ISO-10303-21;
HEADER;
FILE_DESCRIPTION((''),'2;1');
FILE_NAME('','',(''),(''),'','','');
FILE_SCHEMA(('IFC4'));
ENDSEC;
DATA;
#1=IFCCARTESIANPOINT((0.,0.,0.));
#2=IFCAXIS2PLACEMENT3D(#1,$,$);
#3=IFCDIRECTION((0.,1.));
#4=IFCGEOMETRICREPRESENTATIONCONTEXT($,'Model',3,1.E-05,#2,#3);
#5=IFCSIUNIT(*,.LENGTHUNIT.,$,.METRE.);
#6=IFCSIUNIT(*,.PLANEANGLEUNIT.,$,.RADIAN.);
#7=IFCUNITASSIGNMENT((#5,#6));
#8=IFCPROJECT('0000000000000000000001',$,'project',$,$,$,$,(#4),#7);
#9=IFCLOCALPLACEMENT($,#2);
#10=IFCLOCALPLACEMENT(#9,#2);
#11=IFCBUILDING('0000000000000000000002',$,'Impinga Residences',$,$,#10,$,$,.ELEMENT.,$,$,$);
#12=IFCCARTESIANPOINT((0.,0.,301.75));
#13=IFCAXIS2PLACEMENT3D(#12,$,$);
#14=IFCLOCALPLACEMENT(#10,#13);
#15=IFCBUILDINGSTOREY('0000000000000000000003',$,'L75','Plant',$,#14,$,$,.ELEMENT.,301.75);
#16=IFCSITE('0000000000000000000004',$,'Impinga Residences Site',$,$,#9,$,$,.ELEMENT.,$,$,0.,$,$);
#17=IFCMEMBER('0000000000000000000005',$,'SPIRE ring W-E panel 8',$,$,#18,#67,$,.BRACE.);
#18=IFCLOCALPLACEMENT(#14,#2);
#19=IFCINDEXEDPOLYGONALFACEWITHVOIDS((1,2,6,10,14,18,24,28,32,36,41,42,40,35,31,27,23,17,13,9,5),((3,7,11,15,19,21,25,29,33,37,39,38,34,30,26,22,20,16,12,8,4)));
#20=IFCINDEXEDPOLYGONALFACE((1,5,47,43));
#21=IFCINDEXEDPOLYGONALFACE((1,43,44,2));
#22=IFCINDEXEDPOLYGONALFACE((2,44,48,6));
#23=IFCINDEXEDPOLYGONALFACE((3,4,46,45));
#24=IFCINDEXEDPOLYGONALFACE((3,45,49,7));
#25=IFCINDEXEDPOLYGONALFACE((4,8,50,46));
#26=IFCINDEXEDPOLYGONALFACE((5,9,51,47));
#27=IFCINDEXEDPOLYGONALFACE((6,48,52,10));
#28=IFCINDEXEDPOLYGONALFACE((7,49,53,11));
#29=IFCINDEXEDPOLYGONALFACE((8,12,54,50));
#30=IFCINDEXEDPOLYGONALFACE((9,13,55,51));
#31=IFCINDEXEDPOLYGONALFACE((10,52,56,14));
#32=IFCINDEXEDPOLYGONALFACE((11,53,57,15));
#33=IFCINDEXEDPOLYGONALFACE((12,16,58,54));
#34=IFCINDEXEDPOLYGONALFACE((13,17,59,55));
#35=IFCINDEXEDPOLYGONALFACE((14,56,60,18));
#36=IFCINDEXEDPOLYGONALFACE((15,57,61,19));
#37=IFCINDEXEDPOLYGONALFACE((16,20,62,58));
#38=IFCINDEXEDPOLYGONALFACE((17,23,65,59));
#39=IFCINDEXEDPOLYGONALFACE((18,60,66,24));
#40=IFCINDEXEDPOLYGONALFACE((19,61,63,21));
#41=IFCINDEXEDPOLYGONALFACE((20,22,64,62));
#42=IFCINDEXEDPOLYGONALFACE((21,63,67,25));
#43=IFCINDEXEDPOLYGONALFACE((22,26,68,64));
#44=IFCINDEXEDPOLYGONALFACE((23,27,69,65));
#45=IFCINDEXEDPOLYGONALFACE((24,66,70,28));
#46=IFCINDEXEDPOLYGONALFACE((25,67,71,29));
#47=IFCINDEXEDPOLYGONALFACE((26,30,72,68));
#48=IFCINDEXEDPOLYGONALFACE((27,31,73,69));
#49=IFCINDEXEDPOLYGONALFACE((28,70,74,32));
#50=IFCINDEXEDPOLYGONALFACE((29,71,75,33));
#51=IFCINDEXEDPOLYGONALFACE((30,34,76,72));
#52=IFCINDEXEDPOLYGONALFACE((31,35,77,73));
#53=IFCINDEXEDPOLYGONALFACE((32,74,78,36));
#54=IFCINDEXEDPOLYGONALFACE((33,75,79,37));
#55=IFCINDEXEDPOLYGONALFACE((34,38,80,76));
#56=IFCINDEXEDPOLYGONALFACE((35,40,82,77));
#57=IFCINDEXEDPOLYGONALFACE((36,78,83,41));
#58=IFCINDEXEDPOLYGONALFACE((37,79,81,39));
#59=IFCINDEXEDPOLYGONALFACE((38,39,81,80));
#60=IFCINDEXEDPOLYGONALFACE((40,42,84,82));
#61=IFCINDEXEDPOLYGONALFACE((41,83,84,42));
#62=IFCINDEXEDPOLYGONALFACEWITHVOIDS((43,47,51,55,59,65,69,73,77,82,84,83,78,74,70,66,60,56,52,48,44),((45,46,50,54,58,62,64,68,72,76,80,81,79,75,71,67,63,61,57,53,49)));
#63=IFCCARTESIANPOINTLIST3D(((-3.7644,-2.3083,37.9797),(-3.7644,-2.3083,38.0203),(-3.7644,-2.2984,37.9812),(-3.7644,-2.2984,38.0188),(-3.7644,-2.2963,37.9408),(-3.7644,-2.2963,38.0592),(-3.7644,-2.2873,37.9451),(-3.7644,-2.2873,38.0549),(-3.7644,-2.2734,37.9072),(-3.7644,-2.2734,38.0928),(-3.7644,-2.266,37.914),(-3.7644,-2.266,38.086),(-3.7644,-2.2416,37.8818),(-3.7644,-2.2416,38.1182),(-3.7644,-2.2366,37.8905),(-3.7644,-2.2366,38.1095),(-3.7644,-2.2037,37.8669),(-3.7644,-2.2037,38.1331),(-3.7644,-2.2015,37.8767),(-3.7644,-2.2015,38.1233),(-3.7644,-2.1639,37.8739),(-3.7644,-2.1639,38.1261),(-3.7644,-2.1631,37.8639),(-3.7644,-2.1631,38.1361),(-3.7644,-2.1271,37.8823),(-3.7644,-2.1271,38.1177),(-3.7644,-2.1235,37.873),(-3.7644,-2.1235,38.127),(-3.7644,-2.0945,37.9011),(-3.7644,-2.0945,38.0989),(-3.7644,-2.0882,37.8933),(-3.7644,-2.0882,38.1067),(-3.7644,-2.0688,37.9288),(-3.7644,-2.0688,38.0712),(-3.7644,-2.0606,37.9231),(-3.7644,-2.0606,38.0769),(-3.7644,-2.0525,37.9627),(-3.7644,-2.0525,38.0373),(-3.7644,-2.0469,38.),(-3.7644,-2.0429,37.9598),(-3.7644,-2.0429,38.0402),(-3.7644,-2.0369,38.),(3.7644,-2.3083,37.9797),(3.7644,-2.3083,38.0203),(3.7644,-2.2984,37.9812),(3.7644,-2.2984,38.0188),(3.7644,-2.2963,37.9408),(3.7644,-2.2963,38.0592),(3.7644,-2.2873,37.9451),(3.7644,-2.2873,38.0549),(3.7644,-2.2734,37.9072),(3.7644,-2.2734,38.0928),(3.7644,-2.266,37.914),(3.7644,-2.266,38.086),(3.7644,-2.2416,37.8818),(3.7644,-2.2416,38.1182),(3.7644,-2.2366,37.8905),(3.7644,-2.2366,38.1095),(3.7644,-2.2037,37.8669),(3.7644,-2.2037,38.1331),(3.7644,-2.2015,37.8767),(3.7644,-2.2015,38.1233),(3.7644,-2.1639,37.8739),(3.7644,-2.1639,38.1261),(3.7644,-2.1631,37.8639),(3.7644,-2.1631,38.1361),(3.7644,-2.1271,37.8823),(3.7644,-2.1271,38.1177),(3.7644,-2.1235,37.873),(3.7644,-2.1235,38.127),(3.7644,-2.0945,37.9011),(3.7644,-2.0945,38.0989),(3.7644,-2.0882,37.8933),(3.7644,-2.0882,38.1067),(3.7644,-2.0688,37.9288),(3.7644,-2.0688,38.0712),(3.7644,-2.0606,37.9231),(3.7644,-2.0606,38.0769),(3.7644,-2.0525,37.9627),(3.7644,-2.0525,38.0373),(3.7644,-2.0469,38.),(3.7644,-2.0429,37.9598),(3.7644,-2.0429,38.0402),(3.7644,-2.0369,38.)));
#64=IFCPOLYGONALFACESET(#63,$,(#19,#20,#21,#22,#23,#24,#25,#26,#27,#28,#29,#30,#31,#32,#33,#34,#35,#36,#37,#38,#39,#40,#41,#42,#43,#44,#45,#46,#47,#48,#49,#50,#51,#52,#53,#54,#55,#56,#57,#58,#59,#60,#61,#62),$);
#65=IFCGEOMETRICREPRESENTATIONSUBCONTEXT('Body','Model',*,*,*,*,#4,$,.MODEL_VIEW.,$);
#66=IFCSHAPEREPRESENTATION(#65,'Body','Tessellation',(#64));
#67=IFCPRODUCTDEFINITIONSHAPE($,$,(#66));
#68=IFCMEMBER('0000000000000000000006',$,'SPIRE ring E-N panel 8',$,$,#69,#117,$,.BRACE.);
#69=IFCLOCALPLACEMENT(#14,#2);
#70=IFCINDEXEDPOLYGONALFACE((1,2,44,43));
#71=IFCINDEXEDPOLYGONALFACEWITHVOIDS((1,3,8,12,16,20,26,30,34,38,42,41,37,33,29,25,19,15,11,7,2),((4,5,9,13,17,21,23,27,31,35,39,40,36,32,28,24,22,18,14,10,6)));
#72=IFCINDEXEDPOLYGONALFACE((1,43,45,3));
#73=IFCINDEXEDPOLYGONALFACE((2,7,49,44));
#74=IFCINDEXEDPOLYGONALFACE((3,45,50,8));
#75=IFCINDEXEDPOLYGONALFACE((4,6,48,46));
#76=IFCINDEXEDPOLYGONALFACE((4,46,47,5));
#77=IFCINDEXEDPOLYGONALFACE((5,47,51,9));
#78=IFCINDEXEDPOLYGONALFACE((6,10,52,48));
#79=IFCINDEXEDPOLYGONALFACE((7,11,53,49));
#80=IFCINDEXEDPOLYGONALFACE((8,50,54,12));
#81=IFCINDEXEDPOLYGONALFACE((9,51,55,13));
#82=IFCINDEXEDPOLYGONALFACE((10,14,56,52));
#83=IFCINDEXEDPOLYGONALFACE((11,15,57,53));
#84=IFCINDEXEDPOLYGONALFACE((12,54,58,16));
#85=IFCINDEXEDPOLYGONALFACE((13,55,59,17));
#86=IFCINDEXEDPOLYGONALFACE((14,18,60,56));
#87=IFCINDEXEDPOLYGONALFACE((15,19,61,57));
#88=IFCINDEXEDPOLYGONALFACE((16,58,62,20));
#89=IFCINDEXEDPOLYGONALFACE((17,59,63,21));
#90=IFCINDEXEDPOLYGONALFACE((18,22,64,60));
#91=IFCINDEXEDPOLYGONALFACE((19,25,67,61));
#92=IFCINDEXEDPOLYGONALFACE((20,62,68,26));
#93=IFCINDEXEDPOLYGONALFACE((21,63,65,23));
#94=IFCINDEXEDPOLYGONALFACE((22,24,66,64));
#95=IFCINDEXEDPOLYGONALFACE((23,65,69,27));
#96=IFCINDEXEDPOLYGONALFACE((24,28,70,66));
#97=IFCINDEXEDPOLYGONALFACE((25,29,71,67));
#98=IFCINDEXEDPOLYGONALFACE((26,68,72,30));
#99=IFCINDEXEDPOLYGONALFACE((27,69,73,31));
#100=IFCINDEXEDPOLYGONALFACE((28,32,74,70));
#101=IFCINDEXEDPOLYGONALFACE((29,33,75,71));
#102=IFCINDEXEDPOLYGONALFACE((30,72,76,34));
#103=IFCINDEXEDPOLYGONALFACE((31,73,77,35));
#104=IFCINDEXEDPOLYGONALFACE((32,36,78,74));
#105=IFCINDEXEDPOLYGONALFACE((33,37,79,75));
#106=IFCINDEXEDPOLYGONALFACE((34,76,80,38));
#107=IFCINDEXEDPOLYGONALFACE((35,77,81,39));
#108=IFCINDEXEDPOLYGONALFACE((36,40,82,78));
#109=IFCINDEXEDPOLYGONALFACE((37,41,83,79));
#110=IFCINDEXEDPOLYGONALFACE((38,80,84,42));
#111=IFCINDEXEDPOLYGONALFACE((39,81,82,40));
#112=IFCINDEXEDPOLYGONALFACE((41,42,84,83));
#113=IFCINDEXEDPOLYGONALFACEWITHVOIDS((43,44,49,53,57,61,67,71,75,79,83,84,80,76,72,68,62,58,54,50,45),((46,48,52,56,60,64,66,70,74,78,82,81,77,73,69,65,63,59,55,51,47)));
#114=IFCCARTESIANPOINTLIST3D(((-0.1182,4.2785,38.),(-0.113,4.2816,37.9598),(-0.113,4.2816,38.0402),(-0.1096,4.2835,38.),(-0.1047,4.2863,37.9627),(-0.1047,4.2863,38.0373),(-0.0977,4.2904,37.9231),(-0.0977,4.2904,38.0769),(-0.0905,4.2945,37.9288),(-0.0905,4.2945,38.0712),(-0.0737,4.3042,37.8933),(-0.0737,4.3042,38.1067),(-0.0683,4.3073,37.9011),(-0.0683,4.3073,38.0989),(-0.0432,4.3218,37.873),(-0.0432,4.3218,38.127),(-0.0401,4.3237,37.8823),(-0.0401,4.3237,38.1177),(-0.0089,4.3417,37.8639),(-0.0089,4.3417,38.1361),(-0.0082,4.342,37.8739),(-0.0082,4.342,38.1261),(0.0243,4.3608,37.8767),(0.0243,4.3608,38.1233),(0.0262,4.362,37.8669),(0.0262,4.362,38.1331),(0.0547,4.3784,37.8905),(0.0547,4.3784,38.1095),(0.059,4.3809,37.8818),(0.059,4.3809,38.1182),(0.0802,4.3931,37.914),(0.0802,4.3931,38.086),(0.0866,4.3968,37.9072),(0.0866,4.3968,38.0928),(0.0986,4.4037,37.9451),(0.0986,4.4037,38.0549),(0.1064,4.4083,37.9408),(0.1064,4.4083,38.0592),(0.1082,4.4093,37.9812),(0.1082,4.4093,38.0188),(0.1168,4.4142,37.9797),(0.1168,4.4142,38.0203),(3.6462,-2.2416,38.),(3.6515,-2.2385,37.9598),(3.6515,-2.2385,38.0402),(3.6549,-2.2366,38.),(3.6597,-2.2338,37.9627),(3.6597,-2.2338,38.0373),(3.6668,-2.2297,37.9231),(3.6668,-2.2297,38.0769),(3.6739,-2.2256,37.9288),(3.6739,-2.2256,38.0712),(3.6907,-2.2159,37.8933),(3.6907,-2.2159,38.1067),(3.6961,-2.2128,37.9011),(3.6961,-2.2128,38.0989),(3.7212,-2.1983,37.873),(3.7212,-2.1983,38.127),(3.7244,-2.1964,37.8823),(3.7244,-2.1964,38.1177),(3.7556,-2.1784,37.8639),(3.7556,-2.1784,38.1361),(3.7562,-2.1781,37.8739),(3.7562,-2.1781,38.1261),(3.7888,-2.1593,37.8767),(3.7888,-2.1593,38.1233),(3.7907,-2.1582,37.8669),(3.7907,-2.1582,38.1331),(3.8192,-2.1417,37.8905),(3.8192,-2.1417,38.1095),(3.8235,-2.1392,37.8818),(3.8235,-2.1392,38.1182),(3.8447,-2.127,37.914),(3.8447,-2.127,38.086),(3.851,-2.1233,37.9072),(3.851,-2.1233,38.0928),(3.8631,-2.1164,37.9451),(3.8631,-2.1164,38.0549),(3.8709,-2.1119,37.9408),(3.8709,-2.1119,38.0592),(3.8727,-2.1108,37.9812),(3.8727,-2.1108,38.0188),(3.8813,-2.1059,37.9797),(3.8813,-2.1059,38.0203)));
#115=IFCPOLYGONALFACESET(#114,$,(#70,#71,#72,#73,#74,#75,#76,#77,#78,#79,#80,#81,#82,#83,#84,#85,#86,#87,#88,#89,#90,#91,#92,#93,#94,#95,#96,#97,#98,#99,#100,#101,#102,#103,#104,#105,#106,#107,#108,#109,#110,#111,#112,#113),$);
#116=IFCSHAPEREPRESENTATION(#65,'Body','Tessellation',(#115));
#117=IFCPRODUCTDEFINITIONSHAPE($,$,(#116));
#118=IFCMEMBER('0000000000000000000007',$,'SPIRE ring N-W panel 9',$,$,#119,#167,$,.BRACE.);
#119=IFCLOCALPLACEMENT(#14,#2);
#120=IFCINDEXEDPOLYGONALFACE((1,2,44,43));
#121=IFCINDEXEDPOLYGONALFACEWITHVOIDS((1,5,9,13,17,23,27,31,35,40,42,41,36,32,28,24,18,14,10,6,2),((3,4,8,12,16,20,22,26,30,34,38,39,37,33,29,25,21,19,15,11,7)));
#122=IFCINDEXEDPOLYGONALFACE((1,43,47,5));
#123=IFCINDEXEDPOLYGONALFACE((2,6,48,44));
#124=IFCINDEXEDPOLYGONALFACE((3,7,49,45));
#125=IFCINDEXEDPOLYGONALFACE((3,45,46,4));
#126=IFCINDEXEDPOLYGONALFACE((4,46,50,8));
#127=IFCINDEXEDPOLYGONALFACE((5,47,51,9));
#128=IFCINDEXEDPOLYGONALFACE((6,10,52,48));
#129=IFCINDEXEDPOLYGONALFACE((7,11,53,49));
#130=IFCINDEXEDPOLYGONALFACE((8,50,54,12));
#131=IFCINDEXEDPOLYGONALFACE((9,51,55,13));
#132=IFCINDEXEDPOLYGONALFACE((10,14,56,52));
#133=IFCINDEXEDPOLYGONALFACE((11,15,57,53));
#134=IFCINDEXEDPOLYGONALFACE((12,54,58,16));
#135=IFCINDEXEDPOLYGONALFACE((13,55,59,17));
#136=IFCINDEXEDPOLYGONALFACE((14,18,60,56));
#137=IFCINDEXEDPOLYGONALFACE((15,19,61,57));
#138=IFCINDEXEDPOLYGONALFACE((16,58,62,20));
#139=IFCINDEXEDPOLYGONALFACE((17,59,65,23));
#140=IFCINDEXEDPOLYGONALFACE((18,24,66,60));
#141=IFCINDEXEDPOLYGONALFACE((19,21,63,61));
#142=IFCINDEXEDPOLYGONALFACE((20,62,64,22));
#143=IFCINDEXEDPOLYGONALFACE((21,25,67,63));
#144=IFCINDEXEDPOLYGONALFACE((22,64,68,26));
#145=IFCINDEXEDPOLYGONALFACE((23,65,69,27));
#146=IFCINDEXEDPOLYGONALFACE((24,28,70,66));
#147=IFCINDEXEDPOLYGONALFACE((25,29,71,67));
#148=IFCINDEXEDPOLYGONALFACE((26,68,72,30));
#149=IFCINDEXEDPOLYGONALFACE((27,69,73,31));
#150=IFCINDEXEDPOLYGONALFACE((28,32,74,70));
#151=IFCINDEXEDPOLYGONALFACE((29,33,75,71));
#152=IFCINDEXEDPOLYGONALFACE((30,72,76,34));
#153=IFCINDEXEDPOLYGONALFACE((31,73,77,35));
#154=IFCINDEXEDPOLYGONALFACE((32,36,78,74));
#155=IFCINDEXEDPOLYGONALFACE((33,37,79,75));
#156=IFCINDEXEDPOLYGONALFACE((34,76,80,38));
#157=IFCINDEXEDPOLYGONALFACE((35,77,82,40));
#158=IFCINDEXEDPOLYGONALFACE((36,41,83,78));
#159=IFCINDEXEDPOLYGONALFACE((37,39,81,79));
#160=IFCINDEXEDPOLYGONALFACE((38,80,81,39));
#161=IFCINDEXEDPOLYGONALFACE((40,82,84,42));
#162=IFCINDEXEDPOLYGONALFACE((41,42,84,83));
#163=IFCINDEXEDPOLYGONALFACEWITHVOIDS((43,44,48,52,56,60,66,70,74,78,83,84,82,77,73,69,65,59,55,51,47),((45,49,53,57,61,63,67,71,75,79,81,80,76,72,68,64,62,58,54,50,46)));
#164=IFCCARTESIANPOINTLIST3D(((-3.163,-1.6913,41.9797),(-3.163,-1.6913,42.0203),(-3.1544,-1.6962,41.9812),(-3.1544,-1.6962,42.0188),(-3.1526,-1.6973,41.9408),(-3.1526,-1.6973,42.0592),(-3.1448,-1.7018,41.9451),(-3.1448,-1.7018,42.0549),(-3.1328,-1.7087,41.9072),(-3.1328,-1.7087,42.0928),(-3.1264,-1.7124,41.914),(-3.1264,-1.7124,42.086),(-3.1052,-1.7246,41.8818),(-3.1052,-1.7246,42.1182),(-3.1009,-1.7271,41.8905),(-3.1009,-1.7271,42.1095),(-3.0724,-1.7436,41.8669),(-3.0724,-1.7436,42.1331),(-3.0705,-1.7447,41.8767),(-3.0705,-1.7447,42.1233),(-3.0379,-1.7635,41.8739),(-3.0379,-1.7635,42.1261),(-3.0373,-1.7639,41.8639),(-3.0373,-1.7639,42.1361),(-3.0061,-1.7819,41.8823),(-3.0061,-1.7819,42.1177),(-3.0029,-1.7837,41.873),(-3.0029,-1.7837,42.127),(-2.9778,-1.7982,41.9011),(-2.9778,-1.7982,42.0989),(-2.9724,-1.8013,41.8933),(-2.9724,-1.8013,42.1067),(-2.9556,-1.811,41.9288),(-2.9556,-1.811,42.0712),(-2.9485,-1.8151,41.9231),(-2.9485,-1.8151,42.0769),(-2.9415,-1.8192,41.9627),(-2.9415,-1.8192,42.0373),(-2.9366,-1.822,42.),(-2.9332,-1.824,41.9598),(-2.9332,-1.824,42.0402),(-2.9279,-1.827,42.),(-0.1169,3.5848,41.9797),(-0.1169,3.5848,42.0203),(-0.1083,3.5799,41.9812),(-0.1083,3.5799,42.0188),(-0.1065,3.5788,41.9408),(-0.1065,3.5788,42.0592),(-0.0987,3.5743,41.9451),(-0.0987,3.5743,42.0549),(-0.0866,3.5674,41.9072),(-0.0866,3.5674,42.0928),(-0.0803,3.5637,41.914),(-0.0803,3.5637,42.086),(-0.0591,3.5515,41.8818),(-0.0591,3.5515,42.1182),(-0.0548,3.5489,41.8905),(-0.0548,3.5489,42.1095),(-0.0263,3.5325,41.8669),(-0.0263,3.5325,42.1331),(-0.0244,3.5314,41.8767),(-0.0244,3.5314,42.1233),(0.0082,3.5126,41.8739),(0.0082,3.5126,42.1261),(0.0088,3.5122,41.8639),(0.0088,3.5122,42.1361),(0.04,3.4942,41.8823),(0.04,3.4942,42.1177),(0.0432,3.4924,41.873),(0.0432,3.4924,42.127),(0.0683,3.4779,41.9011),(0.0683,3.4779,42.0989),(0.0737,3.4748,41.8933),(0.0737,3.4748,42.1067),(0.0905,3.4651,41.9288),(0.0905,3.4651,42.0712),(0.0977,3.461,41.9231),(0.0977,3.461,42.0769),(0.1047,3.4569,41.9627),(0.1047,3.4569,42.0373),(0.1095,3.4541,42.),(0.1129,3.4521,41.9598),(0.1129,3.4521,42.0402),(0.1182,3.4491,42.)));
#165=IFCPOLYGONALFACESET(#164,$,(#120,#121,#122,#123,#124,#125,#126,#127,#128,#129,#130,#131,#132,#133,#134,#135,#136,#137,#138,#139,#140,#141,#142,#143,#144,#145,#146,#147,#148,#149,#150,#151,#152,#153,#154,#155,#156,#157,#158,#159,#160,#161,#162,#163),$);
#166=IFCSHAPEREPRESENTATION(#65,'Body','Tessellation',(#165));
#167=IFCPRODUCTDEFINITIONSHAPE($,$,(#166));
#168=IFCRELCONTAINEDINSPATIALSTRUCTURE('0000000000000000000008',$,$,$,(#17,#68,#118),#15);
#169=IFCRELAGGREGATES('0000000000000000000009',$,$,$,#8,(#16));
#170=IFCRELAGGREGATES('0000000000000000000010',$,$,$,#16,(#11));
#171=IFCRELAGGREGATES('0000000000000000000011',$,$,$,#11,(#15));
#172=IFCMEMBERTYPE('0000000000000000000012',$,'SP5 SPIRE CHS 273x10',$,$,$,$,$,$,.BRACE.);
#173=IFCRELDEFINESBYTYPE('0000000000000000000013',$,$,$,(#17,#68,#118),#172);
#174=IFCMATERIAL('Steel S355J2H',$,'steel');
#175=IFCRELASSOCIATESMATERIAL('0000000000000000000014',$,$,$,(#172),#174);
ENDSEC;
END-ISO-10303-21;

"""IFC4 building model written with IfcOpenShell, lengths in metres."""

from ifc_helpers import new_model, si_unit, direction, frame, origin, origin_2d, place, context, subcontext, project, spatial, hollow_circle, extrude, material, material_profile, profile_set, type_object, element, save


model = new_model("IFC4")

# Units and contexts
model_context = context("Model", 3, precision=1e-05, world=origin(), true_north=direction((0.0, 1.0)))
body_context = subcontext(model_context, "Body", "Model", "MODEL_VIEW")
ifc_project = project(units=[si_unit("LENGTHUNIT", "METRE"), si_unit("PLANEANGLEUNIT", "RADIAN")], contexts=[model_context])

# Site, building, storey
site_placement = place(None, origin())
site = spatial("IfcSite", under=ifc_project, at=site_placement, Name="Impinga Residences Site", CompositionType="ELEMENT", RefElevation=0.0)
building_placement = place(site_placement, origin())
building = spatial("IfcBuilding", under=site, at=building_placement, Name="Impinga Residences", CompositionType="ELEMENT")
storey_placement = place(building_placement, frame((0.0, 0.0, 301.75)))
storey = spatial("IfcBuildingStorey", under=building, at=storey_placement, Name="L75", Description="Plant", CompositionType="ELEMENT", Elevation=301.75)

# Members
ifc_material = material(Name="Steel S355J2H", Category="steel")
ifc_material_profile_1 = material_profile(ifc_material, hollow_circle(Radius=0.1365, WallThickness=0.01, at=origin_2d()), Name="CHS 273x10")
ifc_profile_set_1 = profile_set([ifc_material_profile_1], Name="Steel S355J2H")
member_type_1 = type_object("IfcMemberType", Name="SP5 SPIRE CHS 273x10", PredefinedType="BRACE", material=ifc_profile_set_1)
for number, where, z_axis, x_axis, name in (
    (1, (-3.7644, -2.1733, 38.0), (1.0, 0.0, 0.0), (0.0, 1.0, 0.0), "SPIRE ring W-E panel 8"),
    (2, (3.7644, -2.1733, 38.0), (-0.500007, 0.866021, 0.0), (-0.866021, -0.500007, 0.0), "SPIRE ring E-N panel 8"),
):
    element("IfcMember", number, at=place(storey_placement, frame(where, z_axis=z_axis, x_axis=x_axis)), inside=storey, type_object=member_type_1, Name=name, PredefinedType="BRACE", context=body_context, shape_type="SweptSolid", body=[
        extrude(hollow_circle(Radius=0.1365, WallThickness=0.01, at=origin_2d()), origin(), (0.0, 0.0, 1.0), 7.5288),
    ])
for number, where, z_axis, x_axis, name in (
    (3, (0.0, 3.5173, 42.0), (-0.499996, -0.866027, 0.0), (0.866027, -0.499996, 0.0), "SPIRE ring N-W panel 9"),
):
    element("IfcMember", number, at=place(storey_placement, frame(where, z_axis=z_axis, x_axis=x_axis)), inside=storey, type_object=member_type_1, Name=name, PredefinedType="BRACE", context=body_context, shape_type="SweptSolid", body=[
        extrude(hollow_circle(Radius=0.1365, WallThickness=0.01, at=origin_2d()), origin(), (0.0, 0.0, 1.0), 6.0923),
    ])

save(model, "model.ifc")
